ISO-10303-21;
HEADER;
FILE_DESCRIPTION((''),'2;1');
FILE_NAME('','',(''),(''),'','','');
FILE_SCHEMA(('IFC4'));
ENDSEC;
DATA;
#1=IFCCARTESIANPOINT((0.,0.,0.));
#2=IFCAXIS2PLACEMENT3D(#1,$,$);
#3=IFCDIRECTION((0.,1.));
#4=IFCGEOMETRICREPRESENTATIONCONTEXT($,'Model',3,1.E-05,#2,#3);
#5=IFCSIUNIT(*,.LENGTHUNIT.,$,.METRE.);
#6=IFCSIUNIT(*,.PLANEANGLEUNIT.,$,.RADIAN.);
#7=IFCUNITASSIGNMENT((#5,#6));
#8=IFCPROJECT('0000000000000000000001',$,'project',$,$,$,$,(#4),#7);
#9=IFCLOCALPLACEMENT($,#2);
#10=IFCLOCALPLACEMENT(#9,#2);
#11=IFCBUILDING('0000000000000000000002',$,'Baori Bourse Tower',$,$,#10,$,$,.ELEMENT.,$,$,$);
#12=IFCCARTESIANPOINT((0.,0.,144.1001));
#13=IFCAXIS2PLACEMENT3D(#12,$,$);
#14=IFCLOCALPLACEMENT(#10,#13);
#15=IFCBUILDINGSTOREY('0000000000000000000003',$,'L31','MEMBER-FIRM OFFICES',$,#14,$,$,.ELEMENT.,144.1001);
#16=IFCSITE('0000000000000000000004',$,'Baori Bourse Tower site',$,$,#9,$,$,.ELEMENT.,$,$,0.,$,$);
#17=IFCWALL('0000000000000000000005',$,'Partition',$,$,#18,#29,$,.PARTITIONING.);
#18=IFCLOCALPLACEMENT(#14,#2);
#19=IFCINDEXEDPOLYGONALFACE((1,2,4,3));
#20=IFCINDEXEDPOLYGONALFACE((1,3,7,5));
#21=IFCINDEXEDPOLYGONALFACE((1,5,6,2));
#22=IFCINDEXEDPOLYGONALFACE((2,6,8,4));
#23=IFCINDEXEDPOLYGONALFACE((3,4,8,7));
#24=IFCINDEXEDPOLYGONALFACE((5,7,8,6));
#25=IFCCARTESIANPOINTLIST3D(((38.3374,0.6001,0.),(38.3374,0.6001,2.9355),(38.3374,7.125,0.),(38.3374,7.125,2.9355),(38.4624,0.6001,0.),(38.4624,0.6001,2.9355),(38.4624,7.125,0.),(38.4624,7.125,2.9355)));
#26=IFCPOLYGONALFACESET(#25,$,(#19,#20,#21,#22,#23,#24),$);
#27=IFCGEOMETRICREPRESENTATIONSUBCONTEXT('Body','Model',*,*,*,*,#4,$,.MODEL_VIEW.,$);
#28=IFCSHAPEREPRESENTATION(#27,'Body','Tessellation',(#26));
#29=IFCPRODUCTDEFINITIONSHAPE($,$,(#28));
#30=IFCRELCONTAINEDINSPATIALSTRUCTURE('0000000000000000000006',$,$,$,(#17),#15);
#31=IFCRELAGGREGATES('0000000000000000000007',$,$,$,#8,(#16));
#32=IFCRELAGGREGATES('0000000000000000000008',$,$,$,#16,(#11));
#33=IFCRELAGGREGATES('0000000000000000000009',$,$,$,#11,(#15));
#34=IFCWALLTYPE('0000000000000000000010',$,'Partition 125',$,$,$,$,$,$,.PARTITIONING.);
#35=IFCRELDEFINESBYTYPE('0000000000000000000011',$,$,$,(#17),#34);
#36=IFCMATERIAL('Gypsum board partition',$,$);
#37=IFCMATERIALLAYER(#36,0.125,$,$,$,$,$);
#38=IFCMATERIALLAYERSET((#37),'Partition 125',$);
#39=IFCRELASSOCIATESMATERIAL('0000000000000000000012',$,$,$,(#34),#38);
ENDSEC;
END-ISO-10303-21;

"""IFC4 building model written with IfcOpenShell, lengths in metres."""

from ifc_helpers import new_model, si_unit, direction, frame, frame_2d, origin, place, context, subcontext, project, spatial, rectangle, extrude, material, layer, layer_set, type_object, element, save


model = new_model("IFC4")

# Units and contexts
model_context = context("Model", 3, precision=1e-05, world=origin(), true_north=direction((0.0, 1.0)))
body_context = subcontext(model_context, "Body", "Model", "MODEL_VIEW")
ifc_project = project(units=[si_unit("LENGTHUNIT", "METRE"), si_unit("PLANEANGLEUNIT", "RADIAN")], contexts=[model_context])

# Site, building, storey
site_placement = place(None, origin())
site = spatial("IfcSite", under=ifc_project, at=site_placement, Name="Baori Bourse Tower site", CompositionType="ELEMENT", RefElevation=0.0)
building_placement = place(site_placement, origin())
building = spatial("IfcBuilding", under=site, at=building_placement, Name="Baori Bourse Tower", CompositionType="ELEMENT")
storey_placement = place(building_placement, frame((0.0, 0.0, 144.1001)))
storey = spatial("IfcBuildingStorey", under=building, at=storey_placement, Name="L31", Description="MEMBER-FIRM OFFICES", CompositionType="ELEMENT", Elevation=144.1001)

# Wall
ifc_material_1 = material(Name="Gypsum board partition")
ifc_layer_1 = layer(ifc_material_1, 0.125)
ifc_layer_set_1 = layer_set([ifc_layer_1], Name="Partition 125")
wall_type_1 = type_object("IfcWallType", Name="Partition 125", PredefinedType="PARTITIONING", material=ifc_layer_set_1)
wall_1_placement = place(storey_placement, frame((38.3999, 0.6001, 0.0), z_axis=(0.0, 0.0, 1.0), x_axis=(0.0, 1.0, 0.0)))
element("IfcWall", 1, at=wall_1_placement, inside=storey, type_object=wall_type_1, Name="Partition", PredefinedType="PARTITIONING", context=body_context, shape_type="SweptSolid", body=[
    extrude(rectangle(XDim=6.5249, YDim=0.125, at=frame_2d((3.2625, 0.0))), origin(), (0.0, 0.0, 1.0), 2.9355),
])

save(model, "model.ifc")
